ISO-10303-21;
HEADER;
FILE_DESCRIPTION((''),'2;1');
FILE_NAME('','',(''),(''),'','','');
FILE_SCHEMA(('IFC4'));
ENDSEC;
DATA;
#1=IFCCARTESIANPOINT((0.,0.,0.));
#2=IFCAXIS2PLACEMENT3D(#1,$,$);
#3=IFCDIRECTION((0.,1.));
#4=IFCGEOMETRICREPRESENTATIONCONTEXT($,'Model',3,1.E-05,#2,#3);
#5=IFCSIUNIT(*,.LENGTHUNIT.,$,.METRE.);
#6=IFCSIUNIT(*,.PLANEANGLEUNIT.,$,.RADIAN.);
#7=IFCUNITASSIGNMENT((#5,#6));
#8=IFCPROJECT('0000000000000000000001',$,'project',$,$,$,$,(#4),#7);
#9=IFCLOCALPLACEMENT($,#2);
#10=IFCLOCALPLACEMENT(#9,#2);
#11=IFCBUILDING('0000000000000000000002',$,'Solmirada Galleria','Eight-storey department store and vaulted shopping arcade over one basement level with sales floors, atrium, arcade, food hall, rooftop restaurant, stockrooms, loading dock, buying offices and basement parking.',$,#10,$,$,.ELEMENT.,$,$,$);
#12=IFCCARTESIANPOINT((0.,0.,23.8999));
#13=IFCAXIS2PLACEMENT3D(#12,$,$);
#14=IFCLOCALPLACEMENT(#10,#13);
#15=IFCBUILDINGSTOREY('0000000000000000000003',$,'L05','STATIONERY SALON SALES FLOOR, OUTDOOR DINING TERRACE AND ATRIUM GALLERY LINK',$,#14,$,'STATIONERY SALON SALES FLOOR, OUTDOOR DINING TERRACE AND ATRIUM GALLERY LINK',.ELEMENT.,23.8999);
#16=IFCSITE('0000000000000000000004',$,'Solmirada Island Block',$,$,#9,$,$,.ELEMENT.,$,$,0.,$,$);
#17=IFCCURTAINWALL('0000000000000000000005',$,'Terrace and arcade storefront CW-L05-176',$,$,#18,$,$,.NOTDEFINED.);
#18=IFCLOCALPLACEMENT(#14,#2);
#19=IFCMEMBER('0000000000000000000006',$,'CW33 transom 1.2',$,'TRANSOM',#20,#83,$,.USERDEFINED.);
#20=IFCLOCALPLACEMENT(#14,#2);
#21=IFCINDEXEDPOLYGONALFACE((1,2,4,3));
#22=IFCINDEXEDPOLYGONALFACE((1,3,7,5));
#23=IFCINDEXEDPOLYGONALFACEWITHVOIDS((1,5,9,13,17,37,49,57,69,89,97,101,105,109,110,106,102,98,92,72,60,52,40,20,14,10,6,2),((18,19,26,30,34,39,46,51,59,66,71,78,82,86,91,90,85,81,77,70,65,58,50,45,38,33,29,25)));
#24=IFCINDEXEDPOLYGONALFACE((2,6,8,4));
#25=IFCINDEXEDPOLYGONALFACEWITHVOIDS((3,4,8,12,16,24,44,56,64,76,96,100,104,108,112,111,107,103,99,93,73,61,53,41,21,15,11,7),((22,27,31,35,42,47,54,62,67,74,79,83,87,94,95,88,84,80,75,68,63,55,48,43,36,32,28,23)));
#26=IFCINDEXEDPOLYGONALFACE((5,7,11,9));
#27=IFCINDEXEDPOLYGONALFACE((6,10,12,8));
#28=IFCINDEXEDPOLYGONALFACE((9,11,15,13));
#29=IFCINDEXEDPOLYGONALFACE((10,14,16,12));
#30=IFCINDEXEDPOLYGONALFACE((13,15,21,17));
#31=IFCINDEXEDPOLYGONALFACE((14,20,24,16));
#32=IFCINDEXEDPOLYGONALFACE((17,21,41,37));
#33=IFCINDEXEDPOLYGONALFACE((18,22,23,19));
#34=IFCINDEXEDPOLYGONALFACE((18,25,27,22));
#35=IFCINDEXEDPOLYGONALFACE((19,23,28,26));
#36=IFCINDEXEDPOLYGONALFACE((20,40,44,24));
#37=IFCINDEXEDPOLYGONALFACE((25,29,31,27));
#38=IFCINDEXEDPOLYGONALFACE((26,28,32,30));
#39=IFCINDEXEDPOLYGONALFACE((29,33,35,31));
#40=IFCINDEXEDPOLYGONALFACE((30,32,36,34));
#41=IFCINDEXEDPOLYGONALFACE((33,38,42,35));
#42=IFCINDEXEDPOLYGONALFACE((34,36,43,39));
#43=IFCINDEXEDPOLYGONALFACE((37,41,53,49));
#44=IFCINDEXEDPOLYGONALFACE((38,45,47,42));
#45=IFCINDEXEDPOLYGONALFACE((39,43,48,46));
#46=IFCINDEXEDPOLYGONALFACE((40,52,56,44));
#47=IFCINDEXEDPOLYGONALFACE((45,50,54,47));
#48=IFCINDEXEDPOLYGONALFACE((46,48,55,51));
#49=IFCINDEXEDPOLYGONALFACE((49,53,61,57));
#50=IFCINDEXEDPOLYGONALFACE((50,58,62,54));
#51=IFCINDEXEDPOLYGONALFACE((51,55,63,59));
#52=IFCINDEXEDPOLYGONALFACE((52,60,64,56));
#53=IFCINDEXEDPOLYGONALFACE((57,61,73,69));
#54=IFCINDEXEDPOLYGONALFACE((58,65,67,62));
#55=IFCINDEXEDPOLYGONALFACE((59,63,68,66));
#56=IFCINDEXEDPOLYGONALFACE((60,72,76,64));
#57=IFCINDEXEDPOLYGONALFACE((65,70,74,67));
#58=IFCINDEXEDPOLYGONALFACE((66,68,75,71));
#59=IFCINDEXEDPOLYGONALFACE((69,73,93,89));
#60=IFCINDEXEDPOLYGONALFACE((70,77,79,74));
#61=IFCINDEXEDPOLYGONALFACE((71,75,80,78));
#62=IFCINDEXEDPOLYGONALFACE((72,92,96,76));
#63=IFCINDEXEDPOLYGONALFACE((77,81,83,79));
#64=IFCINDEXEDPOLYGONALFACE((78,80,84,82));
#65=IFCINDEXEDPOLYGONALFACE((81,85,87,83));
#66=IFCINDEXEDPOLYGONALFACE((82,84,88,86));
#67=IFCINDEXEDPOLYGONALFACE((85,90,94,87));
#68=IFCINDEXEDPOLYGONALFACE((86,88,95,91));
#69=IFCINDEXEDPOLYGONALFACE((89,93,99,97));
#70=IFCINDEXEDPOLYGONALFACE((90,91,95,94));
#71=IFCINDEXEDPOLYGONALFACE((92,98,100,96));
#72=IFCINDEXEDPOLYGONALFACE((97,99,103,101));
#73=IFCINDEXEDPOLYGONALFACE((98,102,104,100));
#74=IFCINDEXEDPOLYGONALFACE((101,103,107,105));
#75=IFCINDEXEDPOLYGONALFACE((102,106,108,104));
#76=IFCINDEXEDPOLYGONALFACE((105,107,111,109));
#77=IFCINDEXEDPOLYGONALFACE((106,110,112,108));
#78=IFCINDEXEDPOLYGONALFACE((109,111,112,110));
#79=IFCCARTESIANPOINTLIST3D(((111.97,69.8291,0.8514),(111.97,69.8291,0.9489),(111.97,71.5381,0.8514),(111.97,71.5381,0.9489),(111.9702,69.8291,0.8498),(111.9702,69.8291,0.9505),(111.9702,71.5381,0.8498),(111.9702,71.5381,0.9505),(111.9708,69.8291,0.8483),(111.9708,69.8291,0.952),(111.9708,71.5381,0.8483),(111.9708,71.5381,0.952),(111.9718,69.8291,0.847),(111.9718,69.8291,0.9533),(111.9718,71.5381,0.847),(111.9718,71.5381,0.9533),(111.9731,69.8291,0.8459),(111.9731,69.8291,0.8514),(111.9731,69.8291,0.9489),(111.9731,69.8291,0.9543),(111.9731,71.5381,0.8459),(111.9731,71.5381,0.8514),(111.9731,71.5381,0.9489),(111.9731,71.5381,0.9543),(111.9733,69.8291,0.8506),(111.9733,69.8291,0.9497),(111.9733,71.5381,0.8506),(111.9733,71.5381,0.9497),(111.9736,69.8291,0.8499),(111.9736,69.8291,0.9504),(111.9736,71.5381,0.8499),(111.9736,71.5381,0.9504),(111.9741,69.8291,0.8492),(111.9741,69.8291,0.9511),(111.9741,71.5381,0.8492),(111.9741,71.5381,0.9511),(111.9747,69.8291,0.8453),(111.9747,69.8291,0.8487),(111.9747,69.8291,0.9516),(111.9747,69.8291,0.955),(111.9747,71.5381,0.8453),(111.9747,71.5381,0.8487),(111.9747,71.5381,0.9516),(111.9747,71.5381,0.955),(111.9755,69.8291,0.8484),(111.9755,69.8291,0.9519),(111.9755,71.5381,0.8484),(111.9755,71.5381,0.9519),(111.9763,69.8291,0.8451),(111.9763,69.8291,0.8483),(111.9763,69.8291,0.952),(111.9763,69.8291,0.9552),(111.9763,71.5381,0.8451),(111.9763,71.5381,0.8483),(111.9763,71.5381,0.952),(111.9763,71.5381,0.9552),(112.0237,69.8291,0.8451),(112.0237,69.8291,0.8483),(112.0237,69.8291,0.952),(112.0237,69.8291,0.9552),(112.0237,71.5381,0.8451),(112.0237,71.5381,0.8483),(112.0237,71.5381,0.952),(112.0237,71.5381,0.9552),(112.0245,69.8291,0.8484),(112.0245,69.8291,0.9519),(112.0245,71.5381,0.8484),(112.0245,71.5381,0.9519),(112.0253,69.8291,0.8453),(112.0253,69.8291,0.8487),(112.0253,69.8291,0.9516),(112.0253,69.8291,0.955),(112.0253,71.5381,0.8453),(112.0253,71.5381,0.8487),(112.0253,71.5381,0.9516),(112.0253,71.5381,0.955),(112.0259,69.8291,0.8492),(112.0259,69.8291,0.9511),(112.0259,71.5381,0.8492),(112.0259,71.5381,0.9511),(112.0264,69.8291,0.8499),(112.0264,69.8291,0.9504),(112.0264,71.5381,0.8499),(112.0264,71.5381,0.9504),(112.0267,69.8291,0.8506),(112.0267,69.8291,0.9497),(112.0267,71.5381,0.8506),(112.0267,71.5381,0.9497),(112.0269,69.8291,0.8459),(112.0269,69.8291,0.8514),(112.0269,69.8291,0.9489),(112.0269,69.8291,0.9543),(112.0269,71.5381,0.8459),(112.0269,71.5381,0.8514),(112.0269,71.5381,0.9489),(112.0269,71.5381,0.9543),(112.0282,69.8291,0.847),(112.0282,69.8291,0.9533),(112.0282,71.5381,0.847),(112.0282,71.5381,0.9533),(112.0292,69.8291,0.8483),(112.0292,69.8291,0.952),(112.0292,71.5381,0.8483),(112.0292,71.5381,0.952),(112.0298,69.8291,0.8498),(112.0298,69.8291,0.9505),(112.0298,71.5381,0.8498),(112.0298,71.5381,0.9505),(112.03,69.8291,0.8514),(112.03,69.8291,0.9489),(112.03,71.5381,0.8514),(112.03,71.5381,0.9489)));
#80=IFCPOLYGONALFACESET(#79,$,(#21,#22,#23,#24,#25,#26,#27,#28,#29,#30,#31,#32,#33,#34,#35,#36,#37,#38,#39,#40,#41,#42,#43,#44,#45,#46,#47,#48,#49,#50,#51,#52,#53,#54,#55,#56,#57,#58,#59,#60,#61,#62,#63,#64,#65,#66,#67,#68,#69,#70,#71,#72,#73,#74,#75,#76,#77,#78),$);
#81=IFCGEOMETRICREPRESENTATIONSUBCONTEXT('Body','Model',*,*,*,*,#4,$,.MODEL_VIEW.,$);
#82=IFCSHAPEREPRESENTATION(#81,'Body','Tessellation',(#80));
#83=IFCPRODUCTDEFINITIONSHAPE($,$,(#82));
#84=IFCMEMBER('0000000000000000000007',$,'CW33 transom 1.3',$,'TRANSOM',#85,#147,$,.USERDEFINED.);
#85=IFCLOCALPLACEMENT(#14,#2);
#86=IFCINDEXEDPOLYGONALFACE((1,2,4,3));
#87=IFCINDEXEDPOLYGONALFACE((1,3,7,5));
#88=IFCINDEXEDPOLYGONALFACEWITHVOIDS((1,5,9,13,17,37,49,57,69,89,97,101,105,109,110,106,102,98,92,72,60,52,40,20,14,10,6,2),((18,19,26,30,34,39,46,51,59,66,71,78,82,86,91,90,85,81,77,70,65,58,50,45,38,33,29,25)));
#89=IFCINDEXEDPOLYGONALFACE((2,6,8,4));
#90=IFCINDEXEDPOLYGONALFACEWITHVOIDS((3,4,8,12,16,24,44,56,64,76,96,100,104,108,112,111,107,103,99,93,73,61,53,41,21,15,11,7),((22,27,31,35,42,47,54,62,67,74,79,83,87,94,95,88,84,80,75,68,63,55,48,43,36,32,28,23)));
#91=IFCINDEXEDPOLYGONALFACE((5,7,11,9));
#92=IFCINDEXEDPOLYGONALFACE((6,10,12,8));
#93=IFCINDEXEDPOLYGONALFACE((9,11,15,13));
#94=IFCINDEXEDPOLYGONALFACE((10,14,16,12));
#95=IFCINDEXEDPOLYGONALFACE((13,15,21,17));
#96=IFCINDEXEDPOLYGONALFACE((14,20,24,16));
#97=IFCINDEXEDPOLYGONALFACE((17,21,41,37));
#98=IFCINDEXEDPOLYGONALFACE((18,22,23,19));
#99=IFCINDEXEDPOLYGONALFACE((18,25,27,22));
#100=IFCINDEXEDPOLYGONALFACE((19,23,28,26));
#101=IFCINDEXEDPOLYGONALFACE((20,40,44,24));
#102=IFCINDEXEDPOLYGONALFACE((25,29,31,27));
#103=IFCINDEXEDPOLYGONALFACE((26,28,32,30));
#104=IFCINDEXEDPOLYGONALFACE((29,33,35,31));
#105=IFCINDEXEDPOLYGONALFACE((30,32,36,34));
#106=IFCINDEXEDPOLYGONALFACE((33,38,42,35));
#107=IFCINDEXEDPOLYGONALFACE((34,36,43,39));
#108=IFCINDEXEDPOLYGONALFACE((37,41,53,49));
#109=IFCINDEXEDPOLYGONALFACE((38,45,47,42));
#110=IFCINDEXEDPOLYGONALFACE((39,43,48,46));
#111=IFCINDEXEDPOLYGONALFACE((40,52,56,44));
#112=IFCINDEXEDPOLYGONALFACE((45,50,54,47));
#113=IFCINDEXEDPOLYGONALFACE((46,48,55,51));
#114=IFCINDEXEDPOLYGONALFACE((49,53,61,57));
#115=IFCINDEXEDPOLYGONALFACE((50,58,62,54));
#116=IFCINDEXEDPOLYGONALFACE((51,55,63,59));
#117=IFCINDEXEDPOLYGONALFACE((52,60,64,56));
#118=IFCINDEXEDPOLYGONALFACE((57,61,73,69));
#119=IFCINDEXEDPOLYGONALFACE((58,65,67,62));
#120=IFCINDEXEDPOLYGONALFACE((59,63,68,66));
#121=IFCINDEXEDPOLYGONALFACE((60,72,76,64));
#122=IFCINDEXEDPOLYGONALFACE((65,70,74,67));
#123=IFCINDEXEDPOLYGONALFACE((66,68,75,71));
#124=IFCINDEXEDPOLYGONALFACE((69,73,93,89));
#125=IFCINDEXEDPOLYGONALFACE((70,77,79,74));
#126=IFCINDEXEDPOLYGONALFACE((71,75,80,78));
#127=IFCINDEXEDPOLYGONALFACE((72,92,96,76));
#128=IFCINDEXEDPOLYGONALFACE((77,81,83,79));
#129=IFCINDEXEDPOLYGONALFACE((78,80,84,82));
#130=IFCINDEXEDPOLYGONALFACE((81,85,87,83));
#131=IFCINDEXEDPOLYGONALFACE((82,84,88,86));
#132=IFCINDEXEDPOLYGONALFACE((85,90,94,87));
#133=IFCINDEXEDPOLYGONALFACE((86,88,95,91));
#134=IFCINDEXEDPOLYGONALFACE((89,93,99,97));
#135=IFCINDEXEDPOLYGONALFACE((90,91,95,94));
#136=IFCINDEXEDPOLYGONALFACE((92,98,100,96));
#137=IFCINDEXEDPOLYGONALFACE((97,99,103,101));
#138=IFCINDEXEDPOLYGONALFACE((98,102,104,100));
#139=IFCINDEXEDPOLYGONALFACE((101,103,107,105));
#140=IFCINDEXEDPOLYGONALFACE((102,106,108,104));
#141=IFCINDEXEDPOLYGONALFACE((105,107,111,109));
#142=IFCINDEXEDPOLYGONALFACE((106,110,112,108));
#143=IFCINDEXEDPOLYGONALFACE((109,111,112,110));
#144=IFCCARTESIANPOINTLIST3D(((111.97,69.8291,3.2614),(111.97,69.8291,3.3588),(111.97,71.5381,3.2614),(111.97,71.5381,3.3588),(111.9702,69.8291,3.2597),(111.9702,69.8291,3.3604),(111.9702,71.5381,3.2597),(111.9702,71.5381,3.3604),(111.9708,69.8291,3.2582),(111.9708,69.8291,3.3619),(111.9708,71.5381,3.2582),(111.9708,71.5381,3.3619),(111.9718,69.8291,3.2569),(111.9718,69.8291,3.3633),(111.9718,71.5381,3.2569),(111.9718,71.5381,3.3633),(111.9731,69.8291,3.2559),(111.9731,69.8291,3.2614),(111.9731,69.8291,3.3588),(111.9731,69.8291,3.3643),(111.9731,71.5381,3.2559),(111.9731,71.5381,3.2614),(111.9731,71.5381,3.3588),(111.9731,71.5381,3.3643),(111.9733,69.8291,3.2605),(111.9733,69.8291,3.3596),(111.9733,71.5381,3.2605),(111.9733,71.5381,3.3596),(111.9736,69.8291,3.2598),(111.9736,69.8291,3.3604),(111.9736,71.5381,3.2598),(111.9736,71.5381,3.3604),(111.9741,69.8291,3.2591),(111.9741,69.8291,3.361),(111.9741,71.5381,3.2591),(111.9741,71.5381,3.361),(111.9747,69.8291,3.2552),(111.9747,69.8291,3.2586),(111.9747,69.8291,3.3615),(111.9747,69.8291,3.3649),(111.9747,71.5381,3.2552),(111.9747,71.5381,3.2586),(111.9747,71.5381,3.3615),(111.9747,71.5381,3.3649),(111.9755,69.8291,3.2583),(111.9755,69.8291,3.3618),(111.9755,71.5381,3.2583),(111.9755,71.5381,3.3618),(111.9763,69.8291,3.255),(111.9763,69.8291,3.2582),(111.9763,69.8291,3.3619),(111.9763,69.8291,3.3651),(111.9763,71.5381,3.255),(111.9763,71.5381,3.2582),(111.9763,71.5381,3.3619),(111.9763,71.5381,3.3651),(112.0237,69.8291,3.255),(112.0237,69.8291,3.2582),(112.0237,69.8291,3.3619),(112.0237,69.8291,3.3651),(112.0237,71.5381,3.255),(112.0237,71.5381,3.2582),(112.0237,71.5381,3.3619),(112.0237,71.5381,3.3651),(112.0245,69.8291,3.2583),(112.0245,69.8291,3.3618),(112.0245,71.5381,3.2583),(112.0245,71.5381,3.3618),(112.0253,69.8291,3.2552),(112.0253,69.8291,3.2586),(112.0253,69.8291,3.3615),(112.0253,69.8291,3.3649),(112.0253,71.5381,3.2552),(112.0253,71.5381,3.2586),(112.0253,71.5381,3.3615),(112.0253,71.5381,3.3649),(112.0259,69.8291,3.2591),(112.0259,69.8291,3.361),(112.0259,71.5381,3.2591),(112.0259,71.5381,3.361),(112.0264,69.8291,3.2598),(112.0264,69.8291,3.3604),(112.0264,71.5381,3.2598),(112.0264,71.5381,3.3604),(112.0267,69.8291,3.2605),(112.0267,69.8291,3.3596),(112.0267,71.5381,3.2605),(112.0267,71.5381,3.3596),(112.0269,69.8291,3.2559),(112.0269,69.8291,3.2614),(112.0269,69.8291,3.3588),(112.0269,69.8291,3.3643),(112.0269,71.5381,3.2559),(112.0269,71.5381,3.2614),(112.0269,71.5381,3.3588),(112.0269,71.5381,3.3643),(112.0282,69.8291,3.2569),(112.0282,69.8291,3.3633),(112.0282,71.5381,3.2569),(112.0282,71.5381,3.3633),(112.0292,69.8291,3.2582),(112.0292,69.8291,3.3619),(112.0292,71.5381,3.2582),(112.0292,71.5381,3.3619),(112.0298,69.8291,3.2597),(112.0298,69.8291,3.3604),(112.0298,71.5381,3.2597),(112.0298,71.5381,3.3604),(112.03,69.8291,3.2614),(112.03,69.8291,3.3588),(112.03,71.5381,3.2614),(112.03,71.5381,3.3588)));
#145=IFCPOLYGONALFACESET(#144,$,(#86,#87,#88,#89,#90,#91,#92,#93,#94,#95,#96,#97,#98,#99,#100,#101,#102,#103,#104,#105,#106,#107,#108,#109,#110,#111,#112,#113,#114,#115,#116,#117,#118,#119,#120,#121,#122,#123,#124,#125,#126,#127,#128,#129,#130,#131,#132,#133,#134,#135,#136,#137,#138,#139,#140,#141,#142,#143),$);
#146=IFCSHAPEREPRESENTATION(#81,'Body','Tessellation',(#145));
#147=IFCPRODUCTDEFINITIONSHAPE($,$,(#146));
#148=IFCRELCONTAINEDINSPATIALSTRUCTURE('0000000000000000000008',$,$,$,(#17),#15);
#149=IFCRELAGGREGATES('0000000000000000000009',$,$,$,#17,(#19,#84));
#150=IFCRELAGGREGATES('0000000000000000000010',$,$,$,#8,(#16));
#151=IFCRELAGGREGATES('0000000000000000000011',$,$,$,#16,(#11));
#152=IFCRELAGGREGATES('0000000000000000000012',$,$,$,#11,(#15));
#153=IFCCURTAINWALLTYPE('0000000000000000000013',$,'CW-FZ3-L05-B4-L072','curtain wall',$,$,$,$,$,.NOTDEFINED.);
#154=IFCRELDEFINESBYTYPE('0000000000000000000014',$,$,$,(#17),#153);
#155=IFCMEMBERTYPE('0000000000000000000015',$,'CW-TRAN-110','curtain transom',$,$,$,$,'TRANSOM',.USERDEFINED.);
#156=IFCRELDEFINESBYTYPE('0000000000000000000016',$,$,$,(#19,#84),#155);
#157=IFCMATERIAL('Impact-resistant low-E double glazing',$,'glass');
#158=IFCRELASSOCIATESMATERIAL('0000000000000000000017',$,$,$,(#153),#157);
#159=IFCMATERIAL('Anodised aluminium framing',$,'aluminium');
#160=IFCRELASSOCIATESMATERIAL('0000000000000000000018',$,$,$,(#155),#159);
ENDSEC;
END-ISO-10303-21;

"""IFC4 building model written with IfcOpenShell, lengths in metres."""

from ifc_helpers import new_model, si_unit, direction, frame, origin, origin_2d, place, context, subcontext, project, spatial, hollow_rectangle, extrude, material, material_profile, profile_set, type_object, element, aggregate, save


model = new_model("IFC4")

# Units and contexts
model_context = context("Model", 3, precision=1e-05, world=origin(), true_north=direction((0.0, 1.0)))
body_context = subcontext(model_context, "Body", "Model", "MODEL_VIEW")
ifc_project = project(units=[si_unit("LENGTHUNIT", "METRE"), si_unit("PLANEANGLEUNIT", "RADIAN")], contexts=[model_context])

# Site, building, storey
site_placement = place(None, origin())
site = spatial("IfcSite", under=ifc_project, at=site_placement, Name="Solmirada Island Block", CompositionType="ELEMENT", RefElevation=0.0)
building_placement = place(site_placement, origin())
building = spatial("IfcBuilding", under=site, at=building_placement, Name="Solmirada Galleria", Description="Eight-storey department store and vaulted shopping arcade over one basement level with sales floors, atrium, arcade, food hall, rooftop restaurant, stockrooms, loading dock, buying offices and basement parking.", CompositionType="ELEMENT")
storey_placement = place(building_placement, frame((0.0, 0.0, 23.8999)))
storey = spatial("IfcBuildingStorey", under=building, at=storey_placement, Name="L05", Description="STATIONERY SALON SALES FLOOR, OUTDOOR DINING TERRACE AND ATRIUM GALLERY LINK", LongName="STATIONERY SALON SALES FLOOR, OUTDOOR DINING TERRACE AND ATRIUM GALLERY LINK", CompositionType="ELEMENT", Elevation=23.8999)

# Shared definitions
ifc_material_1 = material(Name="Impact-resistant low-E double glazing", Category="glass")
curtain_wall_type = type_object("IfcCurtainWallType", Name="CW-FZ3-L05-B4-L072", Description="curtain wall", PredefinedType="NOTDEFINED", material=ifc_material_1)
ifc_material_2 = material(Name="Anodised aluminium framing", Category="aluminium")

# Curtain wall
curtain_wall_1_placement = place(storey_placement, origin())
curtain_wall_1 = element("IfcCurtainWall", 1, at=curtain_wall_1_placement, inside=storey, type_object=curtain_wall_type, Name="Terrace and arcade storefront CW-L05-176", PredefinedType="NOTDEFINED")

# Members
ifc_material_profile_1 = material_profile(ifc_material_2, hollow_rectangle(XDim=0.0601, YDim=0.1101, WallThickness=0.0032, InnerFilletRadius=0.0032, OuterFilletRadius=0.0063, at=origin_2d()), Name="ALU-TRAN-110X60")
ifc_profile_set_1 = profile_set([ifc_material_profile_1], Name="Anodised aluminium framing")
member_type_1 = type_object("IfcMemberType", Name="CW-TRAN-110", Description="curtain transom", ElementType="TRANSOM", PredefinedType="USERDEFINED", material=ifc_profile_set_1)
member_1_placement = place(storey_placement, frame((112.0, 71.5381, 0.9001), z_axis=(0.0, -1.0, 0.0), x_axis=(1.0, 0.0, 0.0)))
member_1 = element("IfcMember", 2, at=member_1_placement, type_object=member_type_1, Name="CW33 transom 1.2", ObjectType="TRANSOM", PredefinedType="USERDEFINED", context=body_context, shape_type="SweptSolid", body=[
    extrude(hollow_rectangle(XDim=0.0601, YDim=0.1101, WallThickness=0.0032, InnerFilletRadius=0.0032, OuterFilletRadius=0.0063, at=origin_2d()), origin(), (0.0, 0.0, 1.0), 1.709),
])
member_2_placement = place(storey_placement, frame((112.0, 71.5381, 3.3101), z_axis=(0.0, -1.0, 0.0), x_axis=(1.0, 0.0, 0.0)))
member_2 = element("IfcMember", 3, at=member_2_placement, type_object=member_type_1, Name="CW33 transom 1.3", ObjectType="TRANSOM", PredefinedType="USERDEFINED", context=body_context, shape_type="SweptSolid", body=[
    extrude(hollow_rectangle(XDim=0.0601, YDim=0.1101, WallThickness=0.0032, InnerFilletRadius=0.0032, OuterFilletRadius=0.0063, at=origin_2d()), origin(), (0.0, 0.0, 1.0), 1.709),
])

aggregate(curtain_wall_1, [member_1, member_2])

save(model, "model.ifc")
